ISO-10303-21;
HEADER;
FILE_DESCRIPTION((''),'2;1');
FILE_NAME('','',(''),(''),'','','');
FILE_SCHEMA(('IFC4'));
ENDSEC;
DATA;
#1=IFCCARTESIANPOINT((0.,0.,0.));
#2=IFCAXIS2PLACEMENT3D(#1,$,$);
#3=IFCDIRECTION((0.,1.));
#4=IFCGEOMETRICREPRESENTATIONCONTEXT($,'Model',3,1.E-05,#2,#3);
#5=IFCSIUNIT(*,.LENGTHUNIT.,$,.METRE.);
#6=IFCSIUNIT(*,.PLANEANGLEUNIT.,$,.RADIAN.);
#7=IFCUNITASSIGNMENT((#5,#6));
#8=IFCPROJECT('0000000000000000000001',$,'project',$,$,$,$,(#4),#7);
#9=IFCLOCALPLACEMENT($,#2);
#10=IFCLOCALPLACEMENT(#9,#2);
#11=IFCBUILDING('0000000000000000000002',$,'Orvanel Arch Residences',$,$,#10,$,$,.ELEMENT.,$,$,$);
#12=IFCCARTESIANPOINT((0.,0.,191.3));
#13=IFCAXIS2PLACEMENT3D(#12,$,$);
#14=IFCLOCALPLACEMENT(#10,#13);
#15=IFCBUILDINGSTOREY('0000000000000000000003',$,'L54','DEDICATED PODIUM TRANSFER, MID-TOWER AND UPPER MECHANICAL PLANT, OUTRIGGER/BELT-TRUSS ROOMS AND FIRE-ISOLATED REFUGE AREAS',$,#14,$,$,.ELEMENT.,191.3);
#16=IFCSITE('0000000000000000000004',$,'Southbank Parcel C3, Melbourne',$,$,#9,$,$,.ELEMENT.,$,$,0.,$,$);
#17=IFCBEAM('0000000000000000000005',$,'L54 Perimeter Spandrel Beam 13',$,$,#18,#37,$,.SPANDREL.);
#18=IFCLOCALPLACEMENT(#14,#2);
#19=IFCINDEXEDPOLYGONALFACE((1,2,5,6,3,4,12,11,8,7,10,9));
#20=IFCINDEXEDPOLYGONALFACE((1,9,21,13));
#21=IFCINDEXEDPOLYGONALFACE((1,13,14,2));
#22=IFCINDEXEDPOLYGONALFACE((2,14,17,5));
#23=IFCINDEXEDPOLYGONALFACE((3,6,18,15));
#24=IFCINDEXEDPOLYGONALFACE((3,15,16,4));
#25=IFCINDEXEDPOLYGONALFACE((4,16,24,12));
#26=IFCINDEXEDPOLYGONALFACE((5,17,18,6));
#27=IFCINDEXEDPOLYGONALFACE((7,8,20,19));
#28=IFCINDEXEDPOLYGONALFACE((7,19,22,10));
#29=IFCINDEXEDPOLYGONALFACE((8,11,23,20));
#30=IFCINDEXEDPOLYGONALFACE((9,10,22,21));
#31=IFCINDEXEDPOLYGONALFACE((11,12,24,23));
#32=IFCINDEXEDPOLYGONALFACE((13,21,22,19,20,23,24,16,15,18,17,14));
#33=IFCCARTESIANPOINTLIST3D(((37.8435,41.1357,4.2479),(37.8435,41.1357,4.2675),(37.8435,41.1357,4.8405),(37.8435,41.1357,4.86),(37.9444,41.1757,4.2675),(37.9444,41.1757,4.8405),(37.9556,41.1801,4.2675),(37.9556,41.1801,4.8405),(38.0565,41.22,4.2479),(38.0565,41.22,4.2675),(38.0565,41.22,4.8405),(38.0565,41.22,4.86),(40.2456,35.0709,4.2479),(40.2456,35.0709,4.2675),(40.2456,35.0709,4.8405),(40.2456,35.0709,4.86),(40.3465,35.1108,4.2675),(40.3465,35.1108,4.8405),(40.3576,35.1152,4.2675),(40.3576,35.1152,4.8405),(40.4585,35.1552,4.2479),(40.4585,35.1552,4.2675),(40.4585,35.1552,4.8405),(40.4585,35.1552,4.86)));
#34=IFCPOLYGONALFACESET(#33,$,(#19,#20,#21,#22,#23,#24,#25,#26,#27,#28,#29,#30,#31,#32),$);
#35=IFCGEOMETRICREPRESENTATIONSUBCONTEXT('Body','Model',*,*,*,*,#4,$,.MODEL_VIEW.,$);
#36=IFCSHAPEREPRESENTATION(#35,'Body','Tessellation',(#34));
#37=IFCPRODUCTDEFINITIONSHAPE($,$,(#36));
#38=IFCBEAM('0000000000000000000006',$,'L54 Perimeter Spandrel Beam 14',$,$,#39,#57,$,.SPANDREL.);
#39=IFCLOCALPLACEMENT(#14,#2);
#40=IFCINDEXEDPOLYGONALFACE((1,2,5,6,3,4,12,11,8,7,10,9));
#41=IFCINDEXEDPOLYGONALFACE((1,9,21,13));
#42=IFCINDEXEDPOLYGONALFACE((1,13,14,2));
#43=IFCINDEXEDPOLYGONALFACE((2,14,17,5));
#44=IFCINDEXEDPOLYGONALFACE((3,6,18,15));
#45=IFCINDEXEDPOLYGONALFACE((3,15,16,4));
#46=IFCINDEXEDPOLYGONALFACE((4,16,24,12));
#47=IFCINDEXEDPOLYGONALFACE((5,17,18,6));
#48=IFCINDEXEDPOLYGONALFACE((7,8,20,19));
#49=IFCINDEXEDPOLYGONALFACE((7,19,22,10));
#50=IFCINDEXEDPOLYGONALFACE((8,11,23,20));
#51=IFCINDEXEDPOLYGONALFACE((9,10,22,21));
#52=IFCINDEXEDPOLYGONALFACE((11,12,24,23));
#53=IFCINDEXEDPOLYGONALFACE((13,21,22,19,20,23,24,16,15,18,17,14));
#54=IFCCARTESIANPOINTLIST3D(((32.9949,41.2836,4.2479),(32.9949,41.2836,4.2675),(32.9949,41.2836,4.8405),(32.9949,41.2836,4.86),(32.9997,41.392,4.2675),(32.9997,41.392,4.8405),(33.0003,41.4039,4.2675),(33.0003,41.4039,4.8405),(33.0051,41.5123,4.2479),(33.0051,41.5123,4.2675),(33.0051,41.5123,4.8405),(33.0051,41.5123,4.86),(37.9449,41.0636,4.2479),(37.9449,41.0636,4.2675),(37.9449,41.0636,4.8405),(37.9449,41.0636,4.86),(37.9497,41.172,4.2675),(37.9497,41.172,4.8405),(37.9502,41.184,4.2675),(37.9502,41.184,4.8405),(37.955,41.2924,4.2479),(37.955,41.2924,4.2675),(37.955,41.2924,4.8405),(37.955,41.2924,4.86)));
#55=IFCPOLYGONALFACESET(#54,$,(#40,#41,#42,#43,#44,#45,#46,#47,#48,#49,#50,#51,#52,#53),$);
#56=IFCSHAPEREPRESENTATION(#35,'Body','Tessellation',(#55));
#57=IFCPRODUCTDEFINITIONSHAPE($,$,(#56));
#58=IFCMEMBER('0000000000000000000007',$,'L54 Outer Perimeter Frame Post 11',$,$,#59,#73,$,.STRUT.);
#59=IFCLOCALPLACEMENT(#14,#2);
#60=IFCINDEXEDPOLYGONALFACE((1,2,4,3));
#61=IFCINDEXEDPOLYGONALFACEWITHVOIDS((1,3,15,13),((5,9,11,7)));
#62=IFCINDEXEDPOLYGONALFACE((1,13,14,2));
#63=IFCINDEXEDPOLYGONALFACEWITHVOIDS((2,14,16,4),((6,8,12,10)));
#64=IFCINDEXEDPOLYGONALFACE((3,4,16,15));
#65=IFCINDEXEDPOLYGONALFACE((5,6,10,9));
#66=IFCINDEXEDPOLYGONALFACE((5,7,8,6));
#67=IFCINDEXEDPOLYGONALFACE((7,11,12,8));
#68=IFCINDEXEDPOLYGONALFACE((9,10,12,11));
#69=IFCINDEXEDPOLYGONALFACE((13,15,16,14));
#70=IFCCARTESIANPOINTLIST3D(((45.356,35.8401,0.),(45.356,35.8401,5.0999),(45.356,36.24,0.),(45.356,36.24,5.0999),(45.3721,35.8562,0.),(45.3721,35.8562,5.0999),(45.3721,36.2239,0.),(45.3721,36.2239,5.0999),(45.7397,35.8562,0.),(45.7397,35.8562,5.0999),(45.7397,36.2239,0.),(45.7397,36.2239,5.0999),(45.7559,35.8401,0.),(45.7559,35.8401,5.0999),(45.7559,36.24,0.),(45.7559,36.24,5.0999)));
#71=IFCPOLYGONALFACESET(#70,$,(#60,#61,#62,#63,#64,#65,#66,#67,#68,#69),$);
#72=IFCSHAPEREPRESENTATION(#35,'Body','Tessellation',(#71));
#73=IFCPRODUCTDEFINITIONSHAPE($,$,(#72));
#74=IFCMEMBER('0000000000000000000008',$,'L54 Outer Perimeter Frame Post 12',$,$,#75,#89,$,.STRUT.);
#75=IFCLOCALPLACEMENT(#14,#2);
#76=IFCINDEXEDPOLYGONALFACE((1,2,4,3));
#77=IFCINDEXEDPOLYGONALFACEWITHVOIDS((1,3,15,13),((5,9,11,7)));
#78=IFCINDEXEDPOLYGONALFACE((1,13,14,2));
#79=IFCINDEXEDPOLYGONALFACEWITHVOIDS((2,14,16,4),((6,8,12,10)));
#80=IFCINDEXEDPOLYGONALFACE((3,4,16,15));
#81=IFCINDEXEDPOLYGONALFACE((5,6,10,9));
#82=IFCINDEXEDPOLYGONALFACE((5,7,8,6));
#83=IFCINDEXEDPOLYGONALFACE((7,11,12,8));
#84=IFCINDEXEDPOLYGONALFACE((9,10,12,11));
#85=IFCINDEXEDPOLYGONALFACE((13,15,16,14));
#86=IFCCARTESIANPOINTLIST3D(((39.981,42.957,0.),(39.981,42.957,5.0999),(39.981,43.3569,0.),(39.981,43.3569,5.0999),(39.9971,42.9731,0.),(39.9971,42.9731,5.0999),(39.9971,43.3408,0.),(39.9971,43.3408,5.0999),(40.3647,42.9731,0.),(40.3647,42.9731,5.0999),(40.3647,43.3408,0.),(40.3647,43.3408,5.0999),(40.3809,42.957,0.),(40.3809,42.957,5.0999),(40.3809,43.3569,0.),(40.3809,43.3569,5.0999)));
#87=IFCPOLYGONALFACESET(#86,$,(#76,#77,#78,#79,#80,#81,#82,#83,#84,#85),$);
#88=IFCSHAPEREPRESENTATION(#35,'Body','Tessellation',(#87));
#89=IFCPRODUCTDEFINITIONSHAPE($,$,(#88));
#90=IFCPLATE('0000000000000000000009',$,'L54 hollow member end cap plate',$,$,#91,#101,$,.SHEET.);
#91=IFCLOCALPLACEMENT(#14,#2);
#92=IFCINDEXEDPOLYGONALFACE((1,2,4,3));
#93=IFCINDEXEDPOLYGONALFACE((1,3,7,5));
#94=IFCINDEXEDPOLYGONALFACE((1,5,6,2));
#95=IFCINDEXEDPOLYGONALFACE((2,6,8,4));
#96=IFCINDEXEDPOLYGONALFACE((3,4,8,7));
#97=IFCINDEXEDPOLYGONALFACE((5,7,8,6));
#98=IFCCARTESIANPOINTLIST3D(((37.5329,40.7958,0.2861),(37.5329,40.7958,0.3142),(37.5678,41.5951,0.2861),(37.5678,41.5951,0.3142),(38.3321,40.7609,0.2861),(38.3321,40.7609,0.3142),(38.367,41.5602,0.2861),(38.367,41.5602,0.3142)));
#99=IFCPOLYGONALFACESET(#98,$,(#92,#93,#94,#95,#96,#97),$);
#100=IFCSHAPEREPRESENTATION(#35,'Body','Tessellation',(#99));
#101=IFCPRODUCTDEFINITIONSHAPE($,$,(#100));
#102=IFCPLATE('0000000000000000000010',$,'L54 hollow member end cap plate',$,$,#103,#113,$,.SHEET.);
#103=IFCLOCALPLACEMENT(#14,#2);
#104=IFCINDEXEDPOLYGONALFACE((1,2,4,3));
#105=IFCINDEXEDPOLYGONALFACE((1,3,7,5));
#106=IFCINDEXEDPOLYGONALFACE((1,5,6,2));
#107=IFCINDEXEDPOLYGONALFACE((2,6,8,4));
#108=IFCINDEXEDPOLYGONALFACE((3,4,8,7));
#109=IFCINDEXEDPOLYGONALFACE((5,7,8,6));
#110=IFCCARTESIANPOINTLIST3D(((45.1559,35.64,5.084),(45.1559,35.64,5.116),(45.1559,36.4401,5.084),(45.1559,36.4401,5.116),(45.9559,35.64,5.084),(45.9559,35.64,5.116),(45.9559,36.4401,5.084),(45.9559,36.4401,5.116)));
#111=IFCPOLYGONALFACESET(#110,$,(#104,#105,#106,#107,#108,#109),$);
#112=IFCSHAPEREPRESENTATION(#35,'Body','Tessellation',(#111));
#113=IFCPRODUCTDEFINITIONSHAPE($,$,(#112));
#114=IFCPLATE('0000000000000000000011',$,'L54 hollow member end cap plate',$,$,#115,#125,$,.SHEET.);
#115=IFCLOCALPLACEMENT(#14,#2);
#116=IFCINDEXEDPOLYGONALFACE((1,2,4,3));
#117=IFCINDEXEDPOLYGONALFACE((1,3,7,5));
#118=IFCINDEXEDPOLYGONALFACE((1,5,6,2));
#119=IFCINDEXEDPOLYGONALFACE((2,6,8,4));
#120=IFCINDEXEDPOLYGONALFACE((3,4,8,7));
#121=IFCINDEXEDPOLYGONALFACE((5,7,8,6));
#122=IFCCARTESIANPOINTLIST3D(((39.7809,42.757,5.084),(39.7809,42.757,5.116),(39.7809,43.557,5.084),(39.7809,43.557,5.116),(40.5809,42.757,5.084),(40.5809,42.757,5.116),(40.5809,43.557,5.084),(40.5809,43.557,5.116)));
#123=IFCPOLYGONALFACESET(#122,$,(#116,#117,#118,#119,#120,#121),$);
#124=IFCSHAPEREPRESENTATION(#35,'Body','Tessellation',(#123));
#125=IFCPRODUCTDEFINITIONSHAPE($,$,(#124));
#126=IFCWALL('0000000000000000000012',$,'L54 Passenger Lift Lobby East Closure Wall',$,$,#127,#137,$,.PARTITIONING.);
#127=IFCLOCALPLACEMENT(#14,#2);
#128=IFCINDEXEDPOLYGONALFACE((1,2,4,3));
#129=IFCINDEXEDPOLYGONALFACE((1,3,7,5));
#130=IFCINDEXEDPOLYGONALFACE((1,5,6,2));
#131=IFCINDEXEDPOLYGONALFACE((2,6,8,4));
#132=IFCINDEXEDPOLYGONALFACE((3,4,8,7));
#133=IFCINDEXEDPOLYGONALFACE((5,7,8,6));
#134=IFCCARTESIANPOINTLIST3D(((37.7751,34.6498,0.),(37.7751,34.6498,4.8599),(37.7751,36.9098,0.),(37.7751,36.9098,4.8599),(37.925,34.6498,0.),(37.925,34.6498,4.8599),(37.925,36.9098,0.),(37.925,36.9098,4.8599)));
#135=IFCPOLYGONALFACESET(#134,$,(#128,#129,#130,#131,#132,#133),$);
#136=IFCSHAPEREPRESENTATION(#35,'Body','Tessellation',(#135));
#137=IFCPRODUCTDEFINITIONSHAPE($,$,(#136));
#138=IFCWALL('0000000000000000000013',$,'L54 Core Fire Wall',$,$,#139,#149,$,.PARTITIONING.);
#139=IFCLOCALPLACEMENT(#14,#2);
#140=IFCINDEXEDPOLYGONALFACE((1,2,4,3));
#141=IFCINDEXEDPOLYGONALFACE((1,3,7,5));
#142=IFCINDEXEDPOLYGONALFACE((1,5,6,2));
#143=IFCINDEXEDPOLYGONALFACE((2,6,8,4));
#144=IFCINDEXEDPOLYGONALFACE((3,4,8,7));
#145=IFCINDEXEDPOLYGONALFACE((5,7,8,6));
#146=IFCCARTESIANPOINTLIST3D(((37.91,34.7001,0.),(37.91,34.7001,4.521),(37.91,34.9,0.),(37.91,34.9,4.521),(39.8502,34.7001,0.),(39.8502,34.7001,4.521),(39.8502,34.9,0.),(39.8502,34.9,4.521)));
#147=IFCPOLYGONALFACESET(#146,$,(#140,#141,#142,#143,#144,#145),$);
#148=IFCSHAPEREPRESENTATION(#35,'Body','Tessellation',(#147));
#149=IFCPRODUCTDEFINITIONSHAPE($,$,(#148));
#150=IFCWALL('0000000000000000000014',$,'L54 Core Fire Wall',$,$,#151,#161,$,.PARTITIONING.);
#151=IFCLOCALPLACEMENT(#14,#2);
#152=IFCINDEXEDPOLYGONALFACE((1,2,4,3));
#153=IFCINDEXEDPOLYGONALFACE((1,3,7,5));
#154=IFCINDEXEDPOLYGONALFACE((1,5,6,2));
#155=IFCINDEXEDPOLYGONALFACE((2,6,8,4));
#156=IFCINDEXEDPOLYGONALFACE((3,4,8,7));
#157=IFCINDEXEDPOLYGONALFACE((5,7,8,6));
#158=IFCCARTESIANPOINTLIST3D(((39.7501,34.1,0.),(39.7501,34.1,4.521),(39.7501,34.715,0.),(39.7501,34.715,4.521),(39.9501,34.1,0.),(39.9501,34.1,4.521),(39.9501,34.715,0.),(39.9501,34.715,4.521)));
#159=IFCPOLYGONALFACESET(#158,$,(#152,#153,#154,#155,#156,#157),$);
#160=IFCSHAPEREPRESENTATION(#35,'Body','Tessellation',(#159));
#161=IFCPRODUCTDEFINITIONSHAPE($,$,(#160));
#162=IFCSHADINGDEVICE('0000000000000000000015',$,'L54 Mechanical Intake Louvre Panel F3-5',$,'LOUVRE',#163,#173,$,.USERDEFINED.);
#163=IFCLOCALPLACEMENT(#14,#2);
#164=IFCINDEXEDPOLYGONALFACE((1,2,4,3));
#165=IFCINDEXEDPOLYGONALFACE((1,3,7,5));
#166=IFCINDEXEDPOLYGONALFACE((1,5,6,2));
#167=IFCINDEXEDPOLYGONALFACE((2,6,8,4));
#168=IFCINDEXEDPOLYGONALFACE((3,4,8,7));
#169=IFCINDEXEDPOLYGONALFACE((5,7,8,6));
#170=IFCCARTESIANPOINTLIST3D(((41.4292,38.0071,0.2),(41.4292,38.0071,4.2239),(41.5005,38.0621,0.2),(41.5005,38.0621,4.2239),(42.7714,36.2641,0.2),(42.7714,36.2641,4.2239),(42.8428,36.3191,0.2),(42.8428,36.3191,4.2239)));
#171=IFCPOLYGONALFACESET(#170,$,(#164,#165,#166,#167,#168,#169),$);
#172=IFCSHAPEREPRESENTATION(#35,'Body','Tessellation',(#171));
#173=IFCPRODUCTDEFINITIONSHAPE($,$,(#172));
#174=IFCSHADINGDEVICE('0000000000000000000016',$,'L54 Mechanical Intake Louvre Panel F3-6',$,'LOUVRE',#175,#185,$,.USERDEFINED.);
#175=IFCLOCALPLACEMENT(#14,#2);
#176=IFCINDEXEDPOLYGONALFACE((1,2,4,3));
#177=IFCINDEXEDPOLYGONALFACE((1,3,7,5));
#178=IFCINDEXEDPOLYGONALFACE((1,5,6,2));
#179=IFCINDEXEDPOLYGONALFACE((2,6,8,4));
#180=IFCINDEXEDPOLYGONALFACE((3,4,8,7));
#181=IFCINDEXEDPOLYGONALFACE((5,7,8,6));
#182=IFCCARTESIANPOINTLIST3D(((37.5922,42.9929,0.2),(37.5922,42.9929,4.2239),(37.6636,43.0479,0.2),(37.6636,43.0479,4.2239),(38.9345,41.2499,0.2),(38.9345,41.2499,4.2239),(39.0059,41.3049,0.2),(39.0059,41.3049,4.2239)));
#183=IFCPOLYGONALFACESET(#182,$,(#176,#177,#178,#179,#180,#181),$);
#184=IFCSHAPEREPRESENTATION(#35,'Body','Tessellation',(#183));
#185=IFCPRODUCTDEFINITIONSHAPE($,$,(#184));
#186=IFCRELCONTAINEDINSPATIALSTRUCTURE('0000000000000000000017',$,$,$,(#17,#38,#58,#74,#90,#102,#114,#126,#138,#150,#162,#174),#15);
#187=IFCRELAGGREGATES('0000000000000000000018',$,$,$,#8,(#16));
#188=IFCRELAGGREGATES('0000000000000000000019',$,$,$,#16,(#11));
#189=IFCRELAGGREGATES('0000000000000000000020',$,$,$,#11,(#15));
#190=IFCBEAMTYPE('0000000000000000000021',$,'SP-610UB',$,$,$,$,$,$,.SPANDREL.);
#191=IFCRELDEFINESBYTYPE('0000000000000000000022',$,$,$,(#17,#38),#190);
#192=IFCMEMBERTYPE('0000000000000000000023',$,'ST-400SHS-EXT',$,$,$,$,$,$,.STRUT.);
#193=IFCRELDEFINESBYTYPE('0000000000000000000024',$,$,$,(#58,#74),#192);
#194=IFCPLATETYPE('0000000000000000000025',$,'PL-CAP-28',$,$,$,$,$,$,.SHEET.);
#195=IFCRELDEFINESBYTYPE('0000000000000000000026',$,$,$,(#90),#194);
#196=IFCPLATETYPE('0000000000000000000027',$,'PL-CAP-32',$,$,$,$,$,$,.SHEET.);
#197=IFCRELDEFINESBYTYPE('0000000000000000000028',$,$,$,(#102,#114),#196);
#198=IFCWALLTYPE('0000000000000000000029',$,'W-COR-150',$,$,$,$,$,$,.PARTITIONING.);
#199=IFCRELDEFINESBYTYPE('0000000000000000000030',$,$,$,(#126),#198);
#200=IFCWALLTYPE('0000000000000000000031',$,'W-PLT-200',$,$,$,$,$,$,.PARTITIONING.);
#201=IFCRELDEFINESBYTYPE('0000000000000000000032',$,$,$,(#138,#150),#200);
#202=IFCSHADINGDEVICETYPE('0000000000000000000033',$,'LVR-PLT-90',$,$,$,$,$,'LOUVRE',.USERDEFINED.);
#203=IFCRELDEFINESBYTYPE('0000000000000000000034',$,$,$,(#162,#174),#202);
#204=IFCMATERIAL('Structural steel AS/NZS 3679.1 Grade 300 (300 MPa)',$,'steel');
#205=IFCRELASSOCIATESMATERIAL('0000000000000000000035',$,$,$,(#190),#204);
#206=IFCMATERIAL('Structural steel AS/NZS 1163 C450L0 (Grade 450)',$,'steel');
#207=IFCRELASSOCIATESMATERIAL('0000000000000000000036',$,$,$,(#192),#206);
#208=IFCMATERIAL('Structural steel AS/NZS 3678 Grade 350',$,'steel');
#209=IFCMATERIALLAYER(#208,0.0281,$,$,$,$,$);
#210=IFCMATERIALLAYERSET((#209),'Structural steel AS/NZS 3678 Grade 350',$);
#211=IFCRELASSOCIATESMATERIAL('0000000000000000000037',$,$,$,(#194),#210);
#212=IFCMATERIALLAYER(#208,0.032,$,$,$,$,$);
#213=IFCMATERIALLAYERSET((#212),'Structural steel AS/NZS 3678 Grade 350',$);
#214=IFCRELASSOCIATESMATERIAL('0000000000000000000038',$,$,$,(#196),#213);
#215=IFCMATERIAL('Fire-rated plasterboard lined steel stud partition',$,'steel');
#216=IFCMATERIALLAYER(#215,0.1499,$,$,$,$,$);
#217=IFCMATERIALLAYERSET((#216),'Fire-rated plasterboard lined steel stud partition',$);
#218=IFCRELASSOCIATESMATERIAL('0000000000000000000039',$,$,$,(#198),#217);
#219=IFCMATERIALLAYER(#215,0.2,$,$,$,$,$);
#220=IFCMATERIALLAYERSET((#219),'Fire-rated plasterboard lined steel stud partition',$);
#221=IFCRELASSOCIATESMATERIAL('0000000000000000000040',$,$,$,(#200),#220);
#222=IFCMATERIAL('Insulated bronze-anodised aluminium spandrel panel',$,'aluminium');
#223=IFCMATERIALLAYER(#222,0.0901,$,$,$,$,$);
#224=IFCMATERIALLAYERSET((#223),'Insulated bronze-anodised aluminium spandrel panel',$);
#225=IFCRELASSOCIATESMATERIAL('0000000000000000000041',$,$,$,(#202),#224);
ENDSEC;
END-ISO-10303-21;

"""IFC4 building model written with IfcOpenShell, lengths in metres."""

from ifc_helpers import new_model, si_unit, direction, frame, frame_2d, origin, origin_2d, place, context, subcontext, project, spatial, rectangle, hollow_rectangle, i_section, extrude, material, layer, layer_set, material_profile, profile_set, type_object, element, save


model = new_model("IFC4")

# Units and contexts
model_context = context("Model", 3, precision=1e-05, world=origin(), true_north=direction((0.0, 1.0)))
body_context = subcontext(model_context, "Body", "Model", "MODEL_VIEW")
ifc_project = project(units=[si_unit("LENGTHUNIT", "METRE"), si_unit("PLANEANGLEUNIT", "RADIAN")], contexts=[model_context])

# Site, building, storey
site_placement = place(None, origin())
site = spatial("IfcSite", under=ifc_project, at=site_placement, Name="Southbank Parcel C3, Melbourne", CompositionType="ELEMENT", RefElevation=0.0)
building_placement = place(site_placement, origin())
building = spatial("IfcBuilding", under=site, at=building_placement, Name="Orvanel Arch Residences", CompositionType="ELEMENT")
storey_placement = place(building_placement, frame((0.0, 0.0, 191.3)))
storey = spatial("IfcBuildingStorey", under=building, at=storey_placement, Name="L54", Description="DEDICATED PODIUM TRANSFER, MID-TOWER AND UPPER MECHANICAL PLANT, OUTRIGGER/BELT-TRUSS ROOMS AND FIRE-ISOLATED REFUGE AREAS", CompositionType="ELEMENT", Elevation=191.3)

# Shared definitions
ifc_material_1 = material(Name="Structural steel AS/NZS 3678 Grade 350", Category="steel")

# Beams
ifc_material_2 = material(Name="Structural steel AS/NZS 3679.1 Grade 300 (300 MPa)", Category="steel")
ifc_material_profile_1 = material_profile(ifc_material_2, i_section(OverallWidth=0.229, OverallDepth=0.6121, WebThickness=0.012, FlangeThickness=0.0195, at=origin_2d()), Name="610UB125")
ifc_profile_set_1 = profile_set([ifc_material_profile_1], Name="Structural steel AS/NZS 3679.1 Grade 300 (300 MPa)")
beam_type_1 = type_object("IfcBeamType", Name="SP-610UB", PredefinedType="SPANDREL", material=ifc_profile_set_1)
beam_1_placement = place(storey_placement, frame((40.3521, 35.113, 4.554), z_axis=(-0.368233, 0.929733, 0.0), x_axis=(-0.929733, -0.368233, 0.0)))
element("IfcBeam", 1, at=beam_1_placement, inside=storey, type_object=beam_type_1, Name="L54 Perimeter Spandrel Beam 13", PredefinedType="SPANDREL", context=body_context, shape_type="SweptSolid", body=[
    extrude(i_section(OverallWidth=0.229, OverallDepth=0.6121, WebThickness=0.012, FlangeThickness=0.0195, at=origin_2d()), origin(), (0.0, 0.0, 1.0), 6.5232),
])
beam_2_placement = place(storey_placement, frame((37.95, 41.178, 4.554), z_axis=(-0.999014, 0.044395, 0.0), x_axis=(-0.044395, -0.999014, 0.0)))
element("IfcBeam", 2, at=beam_2_placement, inside=storey, type_object=beam_type_1, Name="L54 Perimeter Spandrel Beam 14", PredefinedType="SPANDREL", context=body_context, shape_type="SweptSolid", body=[
    extrude(i_section(OverallWidth=0.229, OverallDepth=0.6121, WebThickness=0.012, FlangeThickness=0.0195, at=origin_2d()), origin(), (0.0, 0.0, 1.0), 4.9548),
])

# Members
ifc_material_3 = material(Name="Structural steel AS/NZS 1163 C450L0 (Grade 450)", Category="steel")
ifc_material_profile_2 = material_profile(ifc_material_3, hollow_rectangle(XDim=0.3999, YDim=0.3999, WallThickness=0.0161, at=origin_2d()), Name="SHS400x400x16")
ifc_profile_set_2 = profile_set([ifc_material_profile_2], Name="Structural steel AS/NZS 1163 C450L0 (Grade 450)")
member_type_1 = type_object("IfcMemberType", Name="ST-400SHS-EXT", PredefinedType="STRUT", material=ifc_profile_set_2)
for number, where, z_axis, x_axis, name in (
    (3, (45.5559, 36.04, 0.0), (0.0, 0.0, 1.0), (1.0, 0.0, 0.0), "L54 Outer Perimeter Frame Post 11"),
    (4, (40.1809, 43.157, 0.0), (0.0, 0.0, 1.0), (1.0, 0.0, 0.0), "L54 Outer Perimeter Frame Post 12"),
):
    element("IfcMember", number, at=place(storey_placement, frame(where, z_axis=z_axis, x_axis=x_axis)), inside=storey, type_object=member_type_1, Name=name, PredefinedType="STRUT", context=body_context, shape_type="SweptSolid", body=[
        extrude(hollow_rectangle(XDim=0.3999, YDim=0.3999, WallThickness=0.0161, at=origin_2d()), origin(), (0.0, 0.0, 1.0), 5.0999),
    ])

# Plates
ifc_layer_1 = layer(ifc_material_1, 0.0281)
ifc_layer_set_1 = layer_set([ifc_layer_1], Name="Structural steel AS/NZS 3678 Grade 350")
plate_type_1 = type_object("IfcPlateType", Name="PL-CAP-28", PredefinedType="SHEET", material=ifc_layer_set_1)
plate_placement = place(storey_placement, frame((37.95, 41.178, 0.2861), z_axis=(0.0, 0.0, 1.0), x_axis=(-0.999048, 0.043619, 0.0)))
element("IfcPlate", 5, at=plate_placement, inside=storey, type_object=plate_type_1, Name="L54 hollow member end cap plate", PredefinedType="SHEET", context=body_context, shape_type="SweptSolid", body=[
    extrude(rectangle(XDim=0.8, YDim=0.8, at=origin_2d()), origin(), (0.0, 0.0, 1.0), 0.0281),
])
ifc_layer_2 = layer(ifc_material_1, 0.032)
ifc_layer_set_2 = layer_set([ifc_layer_2], Name="Structural steel AS/NZS 3678 Grade 350")
plate_type_2 = type_object("IfcPlateType", Name="PL-CAP-32", PredefinedType="SHEET", material=ifc_layer_set_2)
for number, where, z_axis, x_axis, name in (
    (6, (45.5559, 36.04, 5.084), (0.0, 0.0, 1.0), (1.0, 0.0, 0.0), "L54 hollow member end cap plate"),
    (7, (40.1809, 43.157, 5.084), (0.0, 0.0, 1.0), (1.0, 0.0, 0.0), "L54 hollow member end cap plate"),
):
    element("IfcPlate", number, at=place(storey_placement, frame(where, z_axis=z_axis, x_axis=x_axis)), inside=storey, type_object=plate_type_2, Name=name, PredefinedType="SHEET", context=body_context, shape_type="SweptSolid", body=[
        extrude(rectangle(XDim=0.8, YDim=0.8, at=origin_2d()), origin(), (0.0, 0.0, 1.0), 0.032),
    ])

# Walls
ifc_material_4 = material(Name="Fire-rated plasterboard lined steel stud partition", Category="steel")
ifc_layer_3 = layer(ifc_material_4, 0.1499)
ifc_layer_set_3 = layer_set([ifc_layer_3], Name="Fire-rated plasterboard lined steel stud partition")
wall_type_1 = type_object("IfcWallType", Name="W-COR-150", PredefinedType="PARTITIONING", material=ifc_layer_set_3)
wall_1_placement = place(storey_placement, frame((37.8501, 34.6499, 0.0), z_axis=(0.0, 0.0, 1.0), x_axis=(0.0, 1.0, 0.0)))
element("IfcWall", 8, at=wall_1_placement, inside=storey, type_object=wall_type_1, Name="L54 Passenger Lift Lobby East Closure Wall", PredefinedType="PARTITIONING", context=body_context, shape_type="SweptSolid", body=[
    extrude(rectangle(XDim=2.26, YDim=0.1499, at=frame_2d((1.1299, 0.0))), origin(), (0.0, 0.0, 1.0), 4.8599),
])
ifc_layer_4 = layer(ifc_material_4, 0.2)
ifc_layer_set_4 = layer_set([ifc_layer_4], Name="Fire-rated plasterboard lined steel stud partition")
wall_type_2 = type_object("IfcWallType", Name="W-PLT-200", PredefinedType="PARTITIONING", material=ifc_layer_set_4)
wall_2_placement = place(storey_placement, frame((37.9099, 34.8, 0.0), z_axis=(0.0, 0.0, 1.0), x_axis=(1.0, 0.0, 0.0)))
element("IfcWall", 9, at=wall_2_placement, inside=storey, type_object=wall_type_2, Name="L54 Core Fire Wall", PredefinedType="PARTITIONING", context=body_context, shape_type="SweptSolid", body=[
    extrude(rectangle(XDim=1.9402, YDim=0.2, at=frame_2d((0.9702, 0.0))), origin(), (0.0, 0.0, 1.0), 4.521),
])
wall_3_placement = place(storey_placement, frame((39.8501, 34.7151, 0.0), z_axis=(0.0, 0.0, 1.0), x_axis=(0.0, -1.0, 0.0)))
element("IfcWall", 10, at=wall_3_placement, inside=storey, type_object=wall_type_2, Name="L54 Core Fire Wall", PredefinedType="PARTITIONING", context=body_context, shape_type="SweptSolid", body=[
    extrude(rectangle(XDim=0.615, YDim=0.2, at=frame_2d((0.3076, 0.0))), origin(), (0.0, 0.0, 1.0), 4.521),
])

# Shading devices
ifc_material_5 = material(Name="Insulated bronze-anodised aluminium spandrel panel", Category="aluminium")
ifc_layer_5 = layer(ifc_material_5, 0.0901)
ifc_layer_set_5 = layer_set([ifc_layer_5], Name="Insulated bronze-anodised aluminium spandrel panel")
shading_device_type = type_object("IfcShadingDeviceType", Name="LVR-PLT-90", ElementType="LOUVRE", PredefinedType="USERDEFINED", material=ifc_layer_set_5)
for number, where, z_axis, x_axis, name in (
    (11, (42.136, 37.1631, 0.2), (0.0, 0.0, 1.0), (-0.610145, 0.79229, 0.0), "L54 Mechanical Intake Louvre Panel F3-5"),
    (12, (38.2991, 42.1489, 0.2), (0.0, 0.0, 1.0), (-0.610145, 0.79229, 0.0), "L54 Mechanical Intake Louvre Panel F3-6"),
):
    element("IfcShadingDevice", number, at=place(storey_placement, frame(where, z_axis=z_axis, x_axis=x_axis)), inside=storey, type_object=shading_device_type, Name=name, ObjectType="LOUVRE", PredefinedType="USERDEFINED", context=body_context, shape_type="SweptSolid", body=[
        extrude(rectangle(XDim=2.2, YDim=0.0901, at=origin_2d()), origin(), (0.0, 0.0, 1.0), 4.0239),
    ])

save(model, "model.ifc")
